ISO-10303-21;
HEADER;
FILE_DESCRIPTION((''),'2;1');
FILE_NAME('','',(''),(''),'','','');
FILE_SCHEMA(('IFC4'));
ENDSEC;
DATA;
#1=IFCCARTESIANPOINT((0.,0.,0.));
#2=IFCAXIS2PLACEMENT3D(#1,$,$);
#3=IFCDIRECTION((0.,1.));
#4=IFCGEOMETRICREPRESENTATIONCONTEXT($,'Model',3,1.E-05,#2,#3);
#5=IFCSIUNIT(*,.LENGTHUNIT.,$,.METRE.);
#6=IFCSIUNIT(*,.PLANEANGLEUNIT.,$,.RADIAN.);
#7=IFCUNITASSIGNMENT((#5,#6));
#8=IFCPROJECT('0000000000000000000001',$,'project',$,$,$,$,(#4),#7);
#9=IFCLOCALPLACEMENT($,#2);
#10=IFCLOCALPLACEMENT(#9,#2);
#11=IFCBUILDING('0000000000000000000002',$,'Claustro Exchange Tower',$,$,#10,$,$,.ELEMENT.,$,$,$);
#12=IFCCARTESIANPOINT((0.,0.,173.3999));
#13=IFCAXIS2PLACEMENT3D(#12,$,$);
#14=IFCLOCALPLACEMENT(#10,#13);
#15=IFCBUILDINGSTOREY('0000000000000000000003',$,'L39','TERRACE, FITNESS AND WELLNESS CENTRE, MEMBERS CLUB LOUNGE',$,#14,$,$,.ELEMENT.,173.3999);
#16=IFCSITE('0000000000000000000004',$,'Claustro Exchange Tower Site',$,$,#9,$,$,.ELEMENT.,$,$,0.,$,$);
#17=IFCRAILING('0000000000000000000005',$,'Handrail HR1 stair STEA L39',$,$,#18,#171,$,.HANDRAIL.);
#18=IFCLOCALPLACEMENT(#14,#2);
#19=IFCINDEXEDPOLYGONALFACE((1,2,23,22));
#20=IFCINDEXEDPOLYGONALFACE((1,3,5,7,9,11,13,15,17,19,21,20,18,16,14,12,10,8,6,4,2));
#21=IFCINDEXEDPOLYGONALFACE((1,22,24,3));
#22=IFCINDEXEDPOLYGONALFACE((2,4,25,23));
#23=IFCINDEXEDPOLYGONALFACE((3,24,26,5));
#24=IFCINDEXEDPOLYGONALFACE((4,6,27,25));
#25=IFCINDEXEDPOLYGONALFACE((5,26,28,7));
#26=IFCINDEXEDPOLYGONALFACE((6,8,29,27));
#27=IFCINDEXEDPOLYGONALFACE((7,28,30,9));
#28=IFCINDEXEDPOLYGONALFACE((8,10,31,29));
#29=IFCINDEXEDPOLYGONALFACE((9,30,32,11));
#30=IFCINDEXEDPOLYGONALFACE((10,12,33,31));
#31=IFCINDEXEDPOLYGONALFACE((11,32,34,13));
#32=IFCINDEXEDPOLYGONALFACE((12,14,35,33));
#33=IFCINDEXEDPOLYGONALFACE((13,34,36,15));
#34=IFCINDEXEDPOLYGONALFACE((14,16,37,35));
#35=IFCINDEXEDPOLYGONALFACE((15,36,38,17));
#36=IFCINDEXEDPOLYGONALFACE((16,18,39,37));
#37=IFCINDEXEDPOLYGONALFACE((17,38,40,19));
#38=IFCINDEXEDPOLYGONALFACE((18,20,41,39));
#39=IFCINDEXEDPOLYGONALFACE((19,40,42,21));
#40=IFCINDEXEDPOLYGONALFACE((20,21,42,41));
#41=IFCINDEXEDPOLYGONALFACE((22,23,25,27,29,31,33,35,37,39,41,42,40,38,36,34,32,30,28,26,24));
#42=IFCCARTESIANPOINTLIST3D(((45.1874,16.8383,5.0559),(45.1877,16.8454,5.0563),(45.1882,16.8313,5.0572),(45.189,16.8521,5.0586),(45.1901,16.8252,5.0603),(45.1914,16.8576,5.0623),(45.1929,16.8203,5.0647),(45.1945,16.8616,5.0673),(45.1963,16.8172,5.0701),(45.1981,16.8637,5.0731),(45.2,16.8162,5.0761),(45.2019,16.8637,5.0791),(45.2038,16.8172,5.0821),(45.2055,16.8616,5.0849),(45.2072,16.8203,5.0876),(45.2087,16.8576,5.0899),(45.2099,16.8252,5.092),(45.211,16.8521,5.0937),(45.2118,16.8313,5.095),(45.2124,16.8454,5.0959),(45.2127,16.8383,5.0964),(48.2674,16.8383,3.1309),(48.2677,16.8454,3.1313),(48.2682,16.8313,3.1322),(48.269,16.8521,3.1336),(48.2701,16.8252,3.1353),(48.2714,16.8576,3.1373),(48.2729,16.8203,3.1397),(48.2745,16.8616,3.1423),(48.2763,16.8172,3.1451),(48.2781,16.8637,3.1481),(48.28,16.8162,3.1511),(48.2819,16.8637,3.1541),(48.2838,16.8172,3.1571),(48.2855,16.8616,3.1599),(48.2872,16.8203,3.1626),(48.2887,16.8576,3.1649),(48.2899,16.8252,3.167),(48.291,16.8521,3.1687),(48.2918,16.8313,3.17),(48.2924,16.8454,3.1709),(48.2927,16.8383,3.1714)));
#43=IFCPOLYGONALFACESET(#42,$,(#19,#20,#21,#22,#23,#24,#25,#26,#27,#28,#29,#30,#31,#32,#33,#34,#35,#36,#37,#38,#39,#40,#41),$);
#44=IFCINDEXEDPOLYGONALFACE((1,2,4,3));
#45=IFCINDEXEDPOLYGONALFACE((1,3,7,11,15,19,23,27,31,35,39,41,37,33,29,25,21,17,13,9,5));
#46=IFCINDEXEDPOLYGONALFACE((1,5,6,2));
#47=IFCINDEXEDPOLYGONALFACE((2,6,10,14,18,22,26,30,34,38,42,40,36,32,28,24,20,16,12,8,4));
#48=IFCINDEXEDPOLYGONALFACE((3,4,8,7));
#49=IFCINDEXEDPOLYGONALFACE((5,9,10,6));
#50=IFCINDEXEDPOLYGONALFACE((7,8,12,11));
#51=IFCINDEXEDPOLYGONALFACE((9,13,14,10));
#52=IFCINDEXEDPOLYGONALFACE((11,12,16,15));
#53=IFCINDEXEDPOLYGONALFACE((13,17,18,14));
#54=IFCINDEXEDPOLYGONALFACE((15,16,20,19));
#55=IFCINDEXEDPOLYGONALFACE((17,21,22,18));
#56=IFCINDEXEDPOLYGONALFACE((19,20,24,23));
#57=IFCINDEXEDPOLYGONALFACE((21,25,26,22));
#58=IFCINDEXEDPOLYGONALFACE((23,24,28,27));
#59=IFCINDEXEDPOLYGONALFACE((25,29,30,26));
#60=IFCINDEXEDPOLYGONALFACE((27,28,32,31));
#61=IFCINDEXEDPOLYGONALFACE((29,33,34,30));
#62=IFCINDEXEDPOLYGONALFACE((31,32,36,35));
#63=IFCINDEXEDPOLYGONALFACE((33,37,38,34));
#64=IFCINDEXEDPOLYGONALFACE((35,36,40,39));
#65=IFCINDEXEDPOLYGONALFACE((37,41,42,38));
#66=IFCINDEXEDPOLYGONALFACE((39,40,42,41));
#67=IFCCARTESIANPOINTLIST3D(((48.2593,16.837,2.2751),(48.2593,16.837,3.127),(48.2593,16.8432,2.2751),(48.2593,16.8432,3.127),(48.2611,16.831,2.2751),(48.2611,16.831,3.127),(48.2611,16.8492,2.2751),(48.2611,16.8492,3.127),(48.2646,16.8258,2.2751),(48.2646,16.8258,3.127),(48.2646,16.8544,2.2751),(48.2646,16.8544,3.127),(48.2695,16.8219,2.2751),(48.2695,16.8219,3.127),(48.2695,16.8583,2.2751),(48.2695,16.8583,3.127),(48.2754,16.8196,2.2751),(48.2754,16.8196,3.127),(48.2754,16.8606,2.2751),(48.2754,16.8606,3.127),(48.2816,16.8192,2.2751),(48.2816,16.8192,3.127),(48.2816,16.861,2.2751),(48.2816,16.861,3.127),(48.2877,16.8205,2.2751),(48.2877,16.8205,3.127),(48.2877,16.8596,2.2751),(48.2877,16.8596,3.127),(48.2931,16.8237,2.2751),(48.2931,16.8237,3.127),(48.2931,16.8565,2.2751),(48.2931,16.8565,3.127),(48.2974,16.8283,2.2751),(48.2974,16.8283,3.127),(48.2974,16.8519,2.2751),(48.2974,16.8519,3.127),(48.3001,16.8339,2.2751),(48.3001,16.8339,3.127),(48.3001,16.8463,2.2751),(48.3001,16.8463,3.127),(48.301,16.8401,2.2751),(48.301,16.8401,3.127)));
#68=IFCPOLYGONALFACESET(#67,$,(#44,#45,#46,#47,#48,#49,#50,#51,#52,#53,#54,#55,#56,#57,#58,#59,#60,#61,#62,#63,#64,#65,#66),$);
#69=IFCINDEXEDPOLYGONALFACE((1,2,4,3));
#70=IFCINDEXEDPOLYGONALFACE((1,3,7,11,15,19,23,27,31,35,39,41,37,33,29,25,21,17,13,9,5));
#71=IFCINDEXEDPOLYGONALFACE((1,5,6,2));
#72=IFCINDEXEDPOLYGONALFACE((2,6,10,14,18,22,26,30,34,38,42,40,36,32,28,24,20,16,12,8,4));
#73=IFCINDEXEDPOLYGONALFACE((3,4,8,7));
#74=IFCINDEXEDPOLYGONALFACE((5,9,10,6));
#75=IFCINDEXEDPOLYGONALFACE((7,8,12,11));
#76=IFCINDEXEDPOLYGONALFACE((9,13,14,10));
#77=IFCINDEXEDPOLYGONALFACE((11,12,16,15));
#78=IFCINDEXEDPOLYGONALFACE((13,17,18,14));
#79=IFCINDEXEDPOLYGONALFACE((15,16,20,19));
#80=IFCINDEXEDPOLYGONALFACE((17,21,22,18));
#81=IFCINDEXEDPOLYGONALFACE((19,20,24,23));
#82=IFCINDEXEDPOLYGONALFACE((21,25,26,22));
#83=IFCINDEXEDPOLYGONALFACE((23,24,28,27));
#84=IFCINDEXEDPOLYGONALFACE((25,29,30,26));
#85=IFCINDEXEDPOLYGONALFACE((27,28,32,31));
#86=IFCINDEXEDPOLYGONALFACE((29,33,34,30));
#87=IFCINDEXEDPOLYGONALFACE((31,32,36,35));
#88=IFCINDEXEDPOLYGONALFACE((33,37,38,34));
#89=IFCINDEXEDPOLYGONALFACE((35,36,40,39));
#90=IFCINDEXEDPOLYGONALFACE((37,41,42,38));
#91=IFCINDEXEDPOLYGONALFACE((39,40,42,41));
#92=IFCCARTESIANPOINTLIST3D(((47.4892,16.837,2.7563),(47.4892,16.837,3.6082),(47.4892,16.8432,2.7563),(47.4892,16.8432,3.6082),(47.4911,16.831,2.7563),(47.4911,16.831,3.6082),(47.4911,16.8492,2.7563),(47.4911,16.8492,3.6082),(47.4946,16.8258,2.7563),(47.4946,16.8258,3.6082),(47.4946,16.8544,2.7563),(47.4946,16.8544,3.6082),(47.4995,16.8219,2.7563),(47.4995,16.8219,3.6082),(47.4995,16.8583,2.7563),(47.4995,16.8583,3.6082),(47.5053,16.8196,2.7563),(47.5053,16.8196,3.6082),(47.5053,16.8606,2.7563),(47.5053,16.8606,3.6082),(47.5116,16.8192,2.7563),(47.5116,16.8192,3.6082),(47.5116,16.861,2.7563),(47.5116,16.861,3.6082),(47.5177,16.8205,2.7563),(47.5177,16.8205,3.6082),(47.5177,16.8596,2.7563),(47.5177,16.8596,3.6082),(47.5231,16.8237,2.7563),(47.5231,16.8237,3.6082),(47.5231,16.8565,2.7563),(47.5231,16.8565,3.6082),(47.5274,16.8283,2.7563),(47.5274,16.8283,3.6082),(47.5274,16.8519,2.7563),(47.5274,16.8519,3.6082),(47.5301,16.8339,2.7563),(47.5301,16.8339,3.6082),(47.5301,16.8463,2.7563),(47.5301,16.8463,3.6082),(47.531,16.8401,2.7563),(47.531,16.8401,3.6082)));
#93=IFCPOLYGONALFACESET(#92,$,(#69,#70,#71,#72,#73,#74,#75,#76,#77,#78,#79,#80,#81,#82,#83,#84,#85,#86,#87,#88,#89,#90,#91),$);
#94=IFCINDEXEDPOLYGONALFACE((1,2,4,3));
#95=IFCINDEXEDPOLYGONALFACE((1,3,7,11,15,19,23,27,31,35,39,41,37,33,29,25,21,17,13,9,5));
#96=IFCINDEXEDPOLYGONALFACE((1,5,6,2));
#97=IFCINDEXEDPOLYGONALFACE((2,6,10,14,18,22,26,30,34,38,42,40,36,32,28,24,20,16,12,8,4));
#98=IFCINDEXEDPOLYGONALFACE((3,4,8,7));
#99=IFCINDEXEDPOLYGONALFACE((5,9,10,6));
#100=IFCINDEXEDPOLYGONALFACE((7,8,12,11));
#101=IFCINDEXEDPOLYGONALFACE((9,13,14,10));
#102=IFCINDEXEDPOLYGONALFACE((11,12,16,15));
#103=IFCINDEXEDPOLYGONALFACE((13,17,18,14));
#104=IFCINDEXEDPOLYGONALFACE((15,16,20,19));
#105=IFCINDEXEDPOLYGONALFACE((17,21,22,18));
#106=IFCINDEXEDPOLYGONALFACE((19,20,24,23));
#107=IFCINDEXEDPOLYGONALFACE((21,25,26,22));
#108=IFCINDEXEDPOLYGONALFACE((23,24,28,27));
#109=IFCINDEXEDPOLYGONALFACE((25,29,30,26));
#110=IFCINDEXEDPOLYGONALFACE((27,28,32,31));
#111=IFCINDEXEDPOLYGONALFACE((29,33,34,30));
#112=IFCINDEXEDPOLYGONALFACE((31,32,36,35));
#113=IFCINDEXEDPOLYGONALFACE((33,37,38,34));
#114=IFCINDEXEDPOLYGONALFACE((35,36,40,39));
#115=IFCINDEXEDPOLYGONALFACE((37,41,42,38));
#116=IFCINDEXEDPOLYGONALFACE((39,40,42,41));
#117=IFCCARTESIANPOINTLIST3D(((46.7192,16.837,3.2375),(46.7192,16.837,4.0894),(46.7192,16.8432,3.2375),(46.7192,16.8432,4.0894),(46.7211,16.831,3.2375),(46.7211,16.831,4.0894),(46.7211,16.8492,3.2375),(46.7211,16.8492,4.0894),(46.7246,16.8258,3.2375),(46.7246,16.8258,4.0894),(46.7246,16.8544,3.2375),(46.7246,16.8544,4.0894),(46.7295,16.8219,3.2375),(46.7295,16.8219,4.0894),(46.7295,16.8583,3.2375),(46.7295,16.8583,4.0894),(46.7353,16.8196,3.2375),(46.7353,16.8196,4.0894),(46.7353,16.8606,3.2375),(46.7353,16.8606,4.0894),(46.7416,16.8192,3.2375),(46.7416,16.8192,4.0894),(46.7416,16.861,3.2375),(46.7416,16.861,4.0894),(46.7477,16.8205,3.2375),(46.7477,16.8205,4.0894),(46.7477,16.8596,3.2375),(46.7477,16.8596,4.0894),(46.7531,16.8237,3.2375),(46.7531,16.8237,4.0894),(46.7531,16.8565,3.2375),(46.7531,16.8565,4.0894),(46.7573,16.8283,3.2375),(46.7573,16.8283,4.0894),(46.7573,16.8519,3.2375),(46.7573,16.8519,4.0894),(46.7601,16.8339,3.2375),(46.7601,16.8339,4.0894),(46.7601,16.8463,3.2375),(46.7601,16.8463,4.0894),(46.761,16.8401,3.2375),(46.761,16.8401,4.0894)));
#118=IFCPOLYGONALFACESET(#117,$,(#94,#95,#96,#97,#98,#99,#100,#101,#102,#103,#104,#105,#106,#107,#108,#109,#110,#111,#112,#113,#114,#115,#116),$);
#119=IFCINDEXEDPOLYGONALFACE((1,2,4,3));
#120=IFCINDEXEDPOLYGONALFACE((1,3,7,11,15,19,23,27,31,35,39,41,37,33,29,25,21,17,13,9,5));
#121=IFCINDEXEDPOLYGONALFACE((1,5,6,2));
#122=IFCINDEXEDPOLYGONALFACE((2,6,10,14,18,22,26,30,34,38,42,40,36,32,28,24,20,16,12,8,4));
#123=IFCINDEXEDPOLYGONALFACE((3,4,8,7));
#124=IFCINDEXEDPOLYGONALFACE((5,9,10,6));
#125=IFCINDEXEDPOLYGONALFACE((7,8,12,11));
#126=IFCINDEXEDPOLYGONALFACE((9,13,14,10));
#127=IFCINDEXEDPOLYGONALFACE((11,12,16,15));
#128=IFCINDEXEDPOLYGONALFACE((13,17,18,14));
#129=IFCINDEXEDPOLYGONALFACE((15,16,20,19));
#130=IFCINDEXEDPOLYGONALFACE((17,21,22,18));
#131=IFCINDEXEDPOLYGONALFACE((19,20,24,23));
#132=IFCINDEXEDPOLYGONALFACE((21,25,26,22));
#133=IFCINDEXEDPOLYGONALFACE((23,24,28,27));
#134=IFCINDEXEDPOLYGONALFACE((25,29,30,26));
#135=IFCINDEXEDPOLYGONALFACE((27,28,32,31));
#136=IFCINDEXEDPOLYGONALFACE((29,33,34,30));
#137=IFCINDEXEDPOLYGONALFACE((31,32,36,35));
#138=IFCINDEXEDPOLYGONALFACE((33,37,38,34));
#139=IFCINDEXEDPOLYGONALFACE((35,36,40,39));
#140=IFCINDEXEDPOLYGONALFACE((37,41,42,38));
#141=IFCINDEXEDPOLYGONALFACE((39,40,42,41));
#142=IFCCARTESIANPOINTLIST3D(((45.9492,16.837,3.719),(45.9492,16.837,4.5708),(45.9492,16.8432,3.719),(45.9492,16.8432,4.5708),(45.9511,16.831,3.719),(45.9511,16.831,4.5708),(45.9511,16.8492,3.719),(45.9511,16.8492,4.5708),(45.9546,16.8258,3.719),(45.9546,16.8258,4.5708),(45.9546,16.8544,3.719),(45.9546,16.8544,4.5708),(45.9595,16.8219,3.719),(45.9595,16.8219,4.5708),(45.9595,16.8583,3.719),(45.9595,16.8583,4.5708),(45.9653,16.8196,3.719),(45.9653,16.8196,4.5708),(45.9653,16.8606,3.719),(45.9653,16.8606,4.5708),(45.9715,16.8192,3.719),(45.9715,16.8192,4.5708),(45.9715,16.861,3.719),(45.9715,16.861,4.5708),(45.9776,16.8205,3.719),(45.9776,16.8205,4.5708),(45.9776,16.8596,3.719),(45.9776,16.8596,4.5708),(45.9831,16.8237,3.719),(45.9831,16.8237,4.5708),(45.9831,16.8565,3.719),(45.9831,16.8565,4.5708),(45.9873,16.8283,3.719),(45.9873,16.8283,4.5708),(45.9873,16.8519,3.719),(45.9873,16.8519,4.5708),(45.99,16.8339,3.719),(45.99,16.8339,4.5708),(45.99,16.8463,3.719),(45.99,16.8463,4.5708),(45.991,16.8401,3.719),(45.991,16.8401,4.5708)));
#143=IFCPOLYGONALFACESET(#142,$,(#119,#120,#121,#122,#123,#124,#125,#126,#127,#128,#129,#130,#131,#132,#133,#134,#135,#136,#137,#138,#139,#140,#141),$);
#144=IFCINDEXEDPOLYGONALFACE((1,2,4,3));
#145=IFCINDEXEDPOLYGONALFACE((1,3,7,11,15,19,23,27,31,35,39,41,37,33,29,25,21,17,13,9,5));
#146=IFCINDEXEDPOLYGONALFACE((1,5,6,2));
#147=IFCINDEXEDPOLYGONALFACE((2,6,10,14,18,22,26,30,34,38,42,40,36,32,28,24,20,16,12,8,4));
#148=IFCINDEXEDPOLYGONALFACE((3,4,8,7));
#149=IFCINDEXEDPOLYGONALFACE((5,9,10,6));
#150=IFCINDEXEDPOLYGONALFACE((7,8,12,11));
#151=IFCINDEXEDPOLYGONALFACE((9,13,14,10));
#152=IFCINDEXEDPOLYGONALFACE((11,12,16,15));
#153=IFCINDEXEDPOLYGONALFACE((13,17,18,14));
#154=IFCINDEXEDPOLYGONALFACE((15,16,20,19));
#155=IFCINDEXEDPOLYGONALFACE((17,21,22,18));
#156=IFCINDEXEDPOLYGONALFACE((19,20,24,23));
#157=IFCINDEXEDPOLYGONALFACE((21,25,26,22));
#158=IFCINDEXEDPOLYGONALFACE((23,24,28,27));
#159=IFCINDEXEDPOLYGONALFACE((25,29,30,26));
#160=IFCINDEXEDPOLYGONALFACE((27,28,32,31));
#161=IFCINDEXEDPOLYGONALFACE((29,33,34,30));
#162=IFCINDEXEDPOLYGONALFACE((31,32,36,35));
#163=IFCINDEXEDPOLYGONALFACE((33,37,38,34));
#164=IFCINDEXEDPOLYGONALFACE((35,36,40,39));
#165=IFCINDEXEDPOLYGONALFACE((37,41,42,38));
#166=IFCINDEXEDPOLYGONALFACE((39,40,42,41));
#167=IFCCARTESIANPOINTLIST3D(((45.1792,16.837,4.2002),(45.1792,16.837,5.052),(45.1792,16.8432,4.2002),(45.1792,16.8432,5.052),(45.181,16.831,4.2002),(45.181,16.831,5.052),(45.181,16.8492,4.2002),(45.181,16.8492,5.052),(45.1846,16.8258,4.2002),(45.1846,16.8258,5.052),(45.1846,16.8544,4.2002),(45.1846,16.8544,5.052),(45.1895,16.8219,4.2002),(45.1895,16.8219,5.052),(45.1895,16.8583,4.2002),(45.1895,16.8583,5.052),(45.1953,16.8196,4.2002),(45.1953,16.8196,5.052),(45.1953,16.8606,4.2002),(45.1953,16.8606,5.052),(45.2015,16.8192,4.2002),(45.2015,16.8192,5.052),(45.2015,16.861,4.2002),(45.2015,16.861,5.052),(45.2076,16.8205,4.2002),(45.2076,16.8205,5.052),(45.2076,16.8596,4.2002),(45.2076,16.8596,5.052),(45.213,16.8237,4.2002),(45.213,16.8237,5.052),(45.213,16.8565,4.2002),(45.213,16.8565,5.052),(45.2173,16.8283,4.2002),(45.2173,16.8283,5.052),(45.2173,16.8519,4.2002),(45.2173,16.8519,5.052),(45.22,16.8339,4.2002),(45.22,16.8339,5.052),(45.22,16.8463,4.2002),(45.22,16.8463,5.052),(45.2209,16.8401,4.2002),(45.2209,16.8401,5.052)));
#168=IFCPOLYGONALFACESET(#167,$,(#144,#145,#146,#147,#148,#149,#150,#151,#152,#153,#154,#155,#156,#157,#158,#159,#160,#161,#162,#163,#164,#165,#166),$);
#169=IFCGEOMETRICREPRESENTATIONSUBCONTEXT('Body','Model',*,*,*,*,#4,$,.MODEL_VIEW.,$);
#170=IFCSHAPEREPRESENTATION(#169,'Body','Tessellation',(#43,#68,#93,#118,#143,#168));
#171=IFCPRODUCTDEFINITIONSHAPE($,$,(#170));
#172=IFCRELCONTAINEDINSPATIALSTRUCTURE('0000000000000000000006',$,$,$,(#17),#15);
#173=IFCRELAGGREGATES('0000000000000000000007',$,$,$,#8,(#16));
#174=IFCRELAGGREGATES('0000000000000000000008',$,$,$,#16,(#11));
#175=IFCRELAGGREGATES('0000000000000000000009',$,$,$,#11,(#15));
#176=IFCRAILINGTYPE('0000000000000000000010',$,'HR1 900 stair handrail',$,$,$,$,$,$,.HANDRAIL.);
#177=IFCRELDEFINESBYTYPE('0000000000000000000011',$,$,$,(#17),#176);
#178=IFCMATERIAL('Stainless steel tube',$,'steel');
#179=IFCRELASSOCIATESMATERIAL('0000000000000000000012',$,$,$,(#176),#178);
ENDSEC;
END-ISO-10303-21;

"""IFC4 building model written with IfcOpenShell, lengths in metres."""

from ifc_helpers import new_model, si_unit, direction, frame, origin, origin_2d, place, context, subcontext, project, spatial, circle, extrude, material, type_object, element, save


model = new_model("IFC4")

# Units and contexts
model_context = context("Model", 3, precision=1e-05, world=origin(), true_north=direction((0.0, 1.0)))
body_context = subcontext(model_context, "Body", "Model", "MODEL_VIEW")
ifc_project = project(units=[si_unit("LENGTHUNIT", "METRE"), si_unit("PLANEANGLEUNIT", "RADIAN")], contexts=[model_context])

# Site, building, storey
site_placement = place(None, origin())
site = spatial("IfcSite", under=ifc_project, at=site_placement, Name="Claustro Exchange Tower Site", CompositionType="ELEMENT", RefElevation=0.0)
building_placement = place(site_placement, origin())
building = spatial("IfcBuilding", under=site, at=building_placement, Name="Claustro Exchange Tower", CompositionType="ELEMENT")
storey_placement = place(building_placement, frame((0.0, 0.0, 173.3999)))
storey = spatial("IfcBuildingStorey", under=building, at=storey_placement, Name="L39", Description="TERRACE, FITNESS AND WELLNESS CENTRE, MEMBERS CLUB LOUNGE", CompositionType="ELEMENT", Elevation=173.3999)

# Railing
ifc_material_1 = material(Name="Stainless steel tube", Category="steel")
railing_type_1 = type_object("IfcRailingType", Name="HR1 900 stair handrail", PredefinedType="HANDRAIL", material=ifc_material_1)
railing_1_placement = place(storey_placement, frame((48.28, 16.8401, 2.2751)))
element("IfcRailing", 1, at=railing_1_placement, inside=storey, type_object=railing_type_1, Name="Handrail HR1 stair STEA L39", PredefinedType="HANDRAIL", context=body_context, shape_type="SweptSolid", body=[
    extrude(circle(Radius=0.0239, at=origin_2d()), frame((0.0, 0.0, 0.876), z_axis=(-0.847998, 0.0, 0.529999), x_axis=(0.0, -1.0, 0.0)), (0.0, 0.0, 1.0), 3.6321),
    extrude(circle(Radius=0.021, at=origin_2d()), origin(), (0.0, 0.0, 1.0), 0.8518),
    extrude(circle(Radius=0.021, at=origin_2d()), frame((-0.77, 0.0, 0.4812)), (0.0, 0.0, 1.0), 0.8518),
    extrude(circle(Radius=0.021, at=origin_2d()), frame((-1.54, 0.0, 0.9624)), (0.0, 0.0, 1.0), 0.8518),
    extrude(circle(Radius=0.021, at=origin_2d()), frame((-2.3101, 0.0, 1.4438)), (0.0, 0.0, 1.0), 0.8518),
    extrude(circle(Radius=0.021, at=origin_2d()), frame((-3.0801, 0.0, 1.925)), (0.0, 0.0, 1.0), 0.8518),
])

save(model, "model.ifc")
